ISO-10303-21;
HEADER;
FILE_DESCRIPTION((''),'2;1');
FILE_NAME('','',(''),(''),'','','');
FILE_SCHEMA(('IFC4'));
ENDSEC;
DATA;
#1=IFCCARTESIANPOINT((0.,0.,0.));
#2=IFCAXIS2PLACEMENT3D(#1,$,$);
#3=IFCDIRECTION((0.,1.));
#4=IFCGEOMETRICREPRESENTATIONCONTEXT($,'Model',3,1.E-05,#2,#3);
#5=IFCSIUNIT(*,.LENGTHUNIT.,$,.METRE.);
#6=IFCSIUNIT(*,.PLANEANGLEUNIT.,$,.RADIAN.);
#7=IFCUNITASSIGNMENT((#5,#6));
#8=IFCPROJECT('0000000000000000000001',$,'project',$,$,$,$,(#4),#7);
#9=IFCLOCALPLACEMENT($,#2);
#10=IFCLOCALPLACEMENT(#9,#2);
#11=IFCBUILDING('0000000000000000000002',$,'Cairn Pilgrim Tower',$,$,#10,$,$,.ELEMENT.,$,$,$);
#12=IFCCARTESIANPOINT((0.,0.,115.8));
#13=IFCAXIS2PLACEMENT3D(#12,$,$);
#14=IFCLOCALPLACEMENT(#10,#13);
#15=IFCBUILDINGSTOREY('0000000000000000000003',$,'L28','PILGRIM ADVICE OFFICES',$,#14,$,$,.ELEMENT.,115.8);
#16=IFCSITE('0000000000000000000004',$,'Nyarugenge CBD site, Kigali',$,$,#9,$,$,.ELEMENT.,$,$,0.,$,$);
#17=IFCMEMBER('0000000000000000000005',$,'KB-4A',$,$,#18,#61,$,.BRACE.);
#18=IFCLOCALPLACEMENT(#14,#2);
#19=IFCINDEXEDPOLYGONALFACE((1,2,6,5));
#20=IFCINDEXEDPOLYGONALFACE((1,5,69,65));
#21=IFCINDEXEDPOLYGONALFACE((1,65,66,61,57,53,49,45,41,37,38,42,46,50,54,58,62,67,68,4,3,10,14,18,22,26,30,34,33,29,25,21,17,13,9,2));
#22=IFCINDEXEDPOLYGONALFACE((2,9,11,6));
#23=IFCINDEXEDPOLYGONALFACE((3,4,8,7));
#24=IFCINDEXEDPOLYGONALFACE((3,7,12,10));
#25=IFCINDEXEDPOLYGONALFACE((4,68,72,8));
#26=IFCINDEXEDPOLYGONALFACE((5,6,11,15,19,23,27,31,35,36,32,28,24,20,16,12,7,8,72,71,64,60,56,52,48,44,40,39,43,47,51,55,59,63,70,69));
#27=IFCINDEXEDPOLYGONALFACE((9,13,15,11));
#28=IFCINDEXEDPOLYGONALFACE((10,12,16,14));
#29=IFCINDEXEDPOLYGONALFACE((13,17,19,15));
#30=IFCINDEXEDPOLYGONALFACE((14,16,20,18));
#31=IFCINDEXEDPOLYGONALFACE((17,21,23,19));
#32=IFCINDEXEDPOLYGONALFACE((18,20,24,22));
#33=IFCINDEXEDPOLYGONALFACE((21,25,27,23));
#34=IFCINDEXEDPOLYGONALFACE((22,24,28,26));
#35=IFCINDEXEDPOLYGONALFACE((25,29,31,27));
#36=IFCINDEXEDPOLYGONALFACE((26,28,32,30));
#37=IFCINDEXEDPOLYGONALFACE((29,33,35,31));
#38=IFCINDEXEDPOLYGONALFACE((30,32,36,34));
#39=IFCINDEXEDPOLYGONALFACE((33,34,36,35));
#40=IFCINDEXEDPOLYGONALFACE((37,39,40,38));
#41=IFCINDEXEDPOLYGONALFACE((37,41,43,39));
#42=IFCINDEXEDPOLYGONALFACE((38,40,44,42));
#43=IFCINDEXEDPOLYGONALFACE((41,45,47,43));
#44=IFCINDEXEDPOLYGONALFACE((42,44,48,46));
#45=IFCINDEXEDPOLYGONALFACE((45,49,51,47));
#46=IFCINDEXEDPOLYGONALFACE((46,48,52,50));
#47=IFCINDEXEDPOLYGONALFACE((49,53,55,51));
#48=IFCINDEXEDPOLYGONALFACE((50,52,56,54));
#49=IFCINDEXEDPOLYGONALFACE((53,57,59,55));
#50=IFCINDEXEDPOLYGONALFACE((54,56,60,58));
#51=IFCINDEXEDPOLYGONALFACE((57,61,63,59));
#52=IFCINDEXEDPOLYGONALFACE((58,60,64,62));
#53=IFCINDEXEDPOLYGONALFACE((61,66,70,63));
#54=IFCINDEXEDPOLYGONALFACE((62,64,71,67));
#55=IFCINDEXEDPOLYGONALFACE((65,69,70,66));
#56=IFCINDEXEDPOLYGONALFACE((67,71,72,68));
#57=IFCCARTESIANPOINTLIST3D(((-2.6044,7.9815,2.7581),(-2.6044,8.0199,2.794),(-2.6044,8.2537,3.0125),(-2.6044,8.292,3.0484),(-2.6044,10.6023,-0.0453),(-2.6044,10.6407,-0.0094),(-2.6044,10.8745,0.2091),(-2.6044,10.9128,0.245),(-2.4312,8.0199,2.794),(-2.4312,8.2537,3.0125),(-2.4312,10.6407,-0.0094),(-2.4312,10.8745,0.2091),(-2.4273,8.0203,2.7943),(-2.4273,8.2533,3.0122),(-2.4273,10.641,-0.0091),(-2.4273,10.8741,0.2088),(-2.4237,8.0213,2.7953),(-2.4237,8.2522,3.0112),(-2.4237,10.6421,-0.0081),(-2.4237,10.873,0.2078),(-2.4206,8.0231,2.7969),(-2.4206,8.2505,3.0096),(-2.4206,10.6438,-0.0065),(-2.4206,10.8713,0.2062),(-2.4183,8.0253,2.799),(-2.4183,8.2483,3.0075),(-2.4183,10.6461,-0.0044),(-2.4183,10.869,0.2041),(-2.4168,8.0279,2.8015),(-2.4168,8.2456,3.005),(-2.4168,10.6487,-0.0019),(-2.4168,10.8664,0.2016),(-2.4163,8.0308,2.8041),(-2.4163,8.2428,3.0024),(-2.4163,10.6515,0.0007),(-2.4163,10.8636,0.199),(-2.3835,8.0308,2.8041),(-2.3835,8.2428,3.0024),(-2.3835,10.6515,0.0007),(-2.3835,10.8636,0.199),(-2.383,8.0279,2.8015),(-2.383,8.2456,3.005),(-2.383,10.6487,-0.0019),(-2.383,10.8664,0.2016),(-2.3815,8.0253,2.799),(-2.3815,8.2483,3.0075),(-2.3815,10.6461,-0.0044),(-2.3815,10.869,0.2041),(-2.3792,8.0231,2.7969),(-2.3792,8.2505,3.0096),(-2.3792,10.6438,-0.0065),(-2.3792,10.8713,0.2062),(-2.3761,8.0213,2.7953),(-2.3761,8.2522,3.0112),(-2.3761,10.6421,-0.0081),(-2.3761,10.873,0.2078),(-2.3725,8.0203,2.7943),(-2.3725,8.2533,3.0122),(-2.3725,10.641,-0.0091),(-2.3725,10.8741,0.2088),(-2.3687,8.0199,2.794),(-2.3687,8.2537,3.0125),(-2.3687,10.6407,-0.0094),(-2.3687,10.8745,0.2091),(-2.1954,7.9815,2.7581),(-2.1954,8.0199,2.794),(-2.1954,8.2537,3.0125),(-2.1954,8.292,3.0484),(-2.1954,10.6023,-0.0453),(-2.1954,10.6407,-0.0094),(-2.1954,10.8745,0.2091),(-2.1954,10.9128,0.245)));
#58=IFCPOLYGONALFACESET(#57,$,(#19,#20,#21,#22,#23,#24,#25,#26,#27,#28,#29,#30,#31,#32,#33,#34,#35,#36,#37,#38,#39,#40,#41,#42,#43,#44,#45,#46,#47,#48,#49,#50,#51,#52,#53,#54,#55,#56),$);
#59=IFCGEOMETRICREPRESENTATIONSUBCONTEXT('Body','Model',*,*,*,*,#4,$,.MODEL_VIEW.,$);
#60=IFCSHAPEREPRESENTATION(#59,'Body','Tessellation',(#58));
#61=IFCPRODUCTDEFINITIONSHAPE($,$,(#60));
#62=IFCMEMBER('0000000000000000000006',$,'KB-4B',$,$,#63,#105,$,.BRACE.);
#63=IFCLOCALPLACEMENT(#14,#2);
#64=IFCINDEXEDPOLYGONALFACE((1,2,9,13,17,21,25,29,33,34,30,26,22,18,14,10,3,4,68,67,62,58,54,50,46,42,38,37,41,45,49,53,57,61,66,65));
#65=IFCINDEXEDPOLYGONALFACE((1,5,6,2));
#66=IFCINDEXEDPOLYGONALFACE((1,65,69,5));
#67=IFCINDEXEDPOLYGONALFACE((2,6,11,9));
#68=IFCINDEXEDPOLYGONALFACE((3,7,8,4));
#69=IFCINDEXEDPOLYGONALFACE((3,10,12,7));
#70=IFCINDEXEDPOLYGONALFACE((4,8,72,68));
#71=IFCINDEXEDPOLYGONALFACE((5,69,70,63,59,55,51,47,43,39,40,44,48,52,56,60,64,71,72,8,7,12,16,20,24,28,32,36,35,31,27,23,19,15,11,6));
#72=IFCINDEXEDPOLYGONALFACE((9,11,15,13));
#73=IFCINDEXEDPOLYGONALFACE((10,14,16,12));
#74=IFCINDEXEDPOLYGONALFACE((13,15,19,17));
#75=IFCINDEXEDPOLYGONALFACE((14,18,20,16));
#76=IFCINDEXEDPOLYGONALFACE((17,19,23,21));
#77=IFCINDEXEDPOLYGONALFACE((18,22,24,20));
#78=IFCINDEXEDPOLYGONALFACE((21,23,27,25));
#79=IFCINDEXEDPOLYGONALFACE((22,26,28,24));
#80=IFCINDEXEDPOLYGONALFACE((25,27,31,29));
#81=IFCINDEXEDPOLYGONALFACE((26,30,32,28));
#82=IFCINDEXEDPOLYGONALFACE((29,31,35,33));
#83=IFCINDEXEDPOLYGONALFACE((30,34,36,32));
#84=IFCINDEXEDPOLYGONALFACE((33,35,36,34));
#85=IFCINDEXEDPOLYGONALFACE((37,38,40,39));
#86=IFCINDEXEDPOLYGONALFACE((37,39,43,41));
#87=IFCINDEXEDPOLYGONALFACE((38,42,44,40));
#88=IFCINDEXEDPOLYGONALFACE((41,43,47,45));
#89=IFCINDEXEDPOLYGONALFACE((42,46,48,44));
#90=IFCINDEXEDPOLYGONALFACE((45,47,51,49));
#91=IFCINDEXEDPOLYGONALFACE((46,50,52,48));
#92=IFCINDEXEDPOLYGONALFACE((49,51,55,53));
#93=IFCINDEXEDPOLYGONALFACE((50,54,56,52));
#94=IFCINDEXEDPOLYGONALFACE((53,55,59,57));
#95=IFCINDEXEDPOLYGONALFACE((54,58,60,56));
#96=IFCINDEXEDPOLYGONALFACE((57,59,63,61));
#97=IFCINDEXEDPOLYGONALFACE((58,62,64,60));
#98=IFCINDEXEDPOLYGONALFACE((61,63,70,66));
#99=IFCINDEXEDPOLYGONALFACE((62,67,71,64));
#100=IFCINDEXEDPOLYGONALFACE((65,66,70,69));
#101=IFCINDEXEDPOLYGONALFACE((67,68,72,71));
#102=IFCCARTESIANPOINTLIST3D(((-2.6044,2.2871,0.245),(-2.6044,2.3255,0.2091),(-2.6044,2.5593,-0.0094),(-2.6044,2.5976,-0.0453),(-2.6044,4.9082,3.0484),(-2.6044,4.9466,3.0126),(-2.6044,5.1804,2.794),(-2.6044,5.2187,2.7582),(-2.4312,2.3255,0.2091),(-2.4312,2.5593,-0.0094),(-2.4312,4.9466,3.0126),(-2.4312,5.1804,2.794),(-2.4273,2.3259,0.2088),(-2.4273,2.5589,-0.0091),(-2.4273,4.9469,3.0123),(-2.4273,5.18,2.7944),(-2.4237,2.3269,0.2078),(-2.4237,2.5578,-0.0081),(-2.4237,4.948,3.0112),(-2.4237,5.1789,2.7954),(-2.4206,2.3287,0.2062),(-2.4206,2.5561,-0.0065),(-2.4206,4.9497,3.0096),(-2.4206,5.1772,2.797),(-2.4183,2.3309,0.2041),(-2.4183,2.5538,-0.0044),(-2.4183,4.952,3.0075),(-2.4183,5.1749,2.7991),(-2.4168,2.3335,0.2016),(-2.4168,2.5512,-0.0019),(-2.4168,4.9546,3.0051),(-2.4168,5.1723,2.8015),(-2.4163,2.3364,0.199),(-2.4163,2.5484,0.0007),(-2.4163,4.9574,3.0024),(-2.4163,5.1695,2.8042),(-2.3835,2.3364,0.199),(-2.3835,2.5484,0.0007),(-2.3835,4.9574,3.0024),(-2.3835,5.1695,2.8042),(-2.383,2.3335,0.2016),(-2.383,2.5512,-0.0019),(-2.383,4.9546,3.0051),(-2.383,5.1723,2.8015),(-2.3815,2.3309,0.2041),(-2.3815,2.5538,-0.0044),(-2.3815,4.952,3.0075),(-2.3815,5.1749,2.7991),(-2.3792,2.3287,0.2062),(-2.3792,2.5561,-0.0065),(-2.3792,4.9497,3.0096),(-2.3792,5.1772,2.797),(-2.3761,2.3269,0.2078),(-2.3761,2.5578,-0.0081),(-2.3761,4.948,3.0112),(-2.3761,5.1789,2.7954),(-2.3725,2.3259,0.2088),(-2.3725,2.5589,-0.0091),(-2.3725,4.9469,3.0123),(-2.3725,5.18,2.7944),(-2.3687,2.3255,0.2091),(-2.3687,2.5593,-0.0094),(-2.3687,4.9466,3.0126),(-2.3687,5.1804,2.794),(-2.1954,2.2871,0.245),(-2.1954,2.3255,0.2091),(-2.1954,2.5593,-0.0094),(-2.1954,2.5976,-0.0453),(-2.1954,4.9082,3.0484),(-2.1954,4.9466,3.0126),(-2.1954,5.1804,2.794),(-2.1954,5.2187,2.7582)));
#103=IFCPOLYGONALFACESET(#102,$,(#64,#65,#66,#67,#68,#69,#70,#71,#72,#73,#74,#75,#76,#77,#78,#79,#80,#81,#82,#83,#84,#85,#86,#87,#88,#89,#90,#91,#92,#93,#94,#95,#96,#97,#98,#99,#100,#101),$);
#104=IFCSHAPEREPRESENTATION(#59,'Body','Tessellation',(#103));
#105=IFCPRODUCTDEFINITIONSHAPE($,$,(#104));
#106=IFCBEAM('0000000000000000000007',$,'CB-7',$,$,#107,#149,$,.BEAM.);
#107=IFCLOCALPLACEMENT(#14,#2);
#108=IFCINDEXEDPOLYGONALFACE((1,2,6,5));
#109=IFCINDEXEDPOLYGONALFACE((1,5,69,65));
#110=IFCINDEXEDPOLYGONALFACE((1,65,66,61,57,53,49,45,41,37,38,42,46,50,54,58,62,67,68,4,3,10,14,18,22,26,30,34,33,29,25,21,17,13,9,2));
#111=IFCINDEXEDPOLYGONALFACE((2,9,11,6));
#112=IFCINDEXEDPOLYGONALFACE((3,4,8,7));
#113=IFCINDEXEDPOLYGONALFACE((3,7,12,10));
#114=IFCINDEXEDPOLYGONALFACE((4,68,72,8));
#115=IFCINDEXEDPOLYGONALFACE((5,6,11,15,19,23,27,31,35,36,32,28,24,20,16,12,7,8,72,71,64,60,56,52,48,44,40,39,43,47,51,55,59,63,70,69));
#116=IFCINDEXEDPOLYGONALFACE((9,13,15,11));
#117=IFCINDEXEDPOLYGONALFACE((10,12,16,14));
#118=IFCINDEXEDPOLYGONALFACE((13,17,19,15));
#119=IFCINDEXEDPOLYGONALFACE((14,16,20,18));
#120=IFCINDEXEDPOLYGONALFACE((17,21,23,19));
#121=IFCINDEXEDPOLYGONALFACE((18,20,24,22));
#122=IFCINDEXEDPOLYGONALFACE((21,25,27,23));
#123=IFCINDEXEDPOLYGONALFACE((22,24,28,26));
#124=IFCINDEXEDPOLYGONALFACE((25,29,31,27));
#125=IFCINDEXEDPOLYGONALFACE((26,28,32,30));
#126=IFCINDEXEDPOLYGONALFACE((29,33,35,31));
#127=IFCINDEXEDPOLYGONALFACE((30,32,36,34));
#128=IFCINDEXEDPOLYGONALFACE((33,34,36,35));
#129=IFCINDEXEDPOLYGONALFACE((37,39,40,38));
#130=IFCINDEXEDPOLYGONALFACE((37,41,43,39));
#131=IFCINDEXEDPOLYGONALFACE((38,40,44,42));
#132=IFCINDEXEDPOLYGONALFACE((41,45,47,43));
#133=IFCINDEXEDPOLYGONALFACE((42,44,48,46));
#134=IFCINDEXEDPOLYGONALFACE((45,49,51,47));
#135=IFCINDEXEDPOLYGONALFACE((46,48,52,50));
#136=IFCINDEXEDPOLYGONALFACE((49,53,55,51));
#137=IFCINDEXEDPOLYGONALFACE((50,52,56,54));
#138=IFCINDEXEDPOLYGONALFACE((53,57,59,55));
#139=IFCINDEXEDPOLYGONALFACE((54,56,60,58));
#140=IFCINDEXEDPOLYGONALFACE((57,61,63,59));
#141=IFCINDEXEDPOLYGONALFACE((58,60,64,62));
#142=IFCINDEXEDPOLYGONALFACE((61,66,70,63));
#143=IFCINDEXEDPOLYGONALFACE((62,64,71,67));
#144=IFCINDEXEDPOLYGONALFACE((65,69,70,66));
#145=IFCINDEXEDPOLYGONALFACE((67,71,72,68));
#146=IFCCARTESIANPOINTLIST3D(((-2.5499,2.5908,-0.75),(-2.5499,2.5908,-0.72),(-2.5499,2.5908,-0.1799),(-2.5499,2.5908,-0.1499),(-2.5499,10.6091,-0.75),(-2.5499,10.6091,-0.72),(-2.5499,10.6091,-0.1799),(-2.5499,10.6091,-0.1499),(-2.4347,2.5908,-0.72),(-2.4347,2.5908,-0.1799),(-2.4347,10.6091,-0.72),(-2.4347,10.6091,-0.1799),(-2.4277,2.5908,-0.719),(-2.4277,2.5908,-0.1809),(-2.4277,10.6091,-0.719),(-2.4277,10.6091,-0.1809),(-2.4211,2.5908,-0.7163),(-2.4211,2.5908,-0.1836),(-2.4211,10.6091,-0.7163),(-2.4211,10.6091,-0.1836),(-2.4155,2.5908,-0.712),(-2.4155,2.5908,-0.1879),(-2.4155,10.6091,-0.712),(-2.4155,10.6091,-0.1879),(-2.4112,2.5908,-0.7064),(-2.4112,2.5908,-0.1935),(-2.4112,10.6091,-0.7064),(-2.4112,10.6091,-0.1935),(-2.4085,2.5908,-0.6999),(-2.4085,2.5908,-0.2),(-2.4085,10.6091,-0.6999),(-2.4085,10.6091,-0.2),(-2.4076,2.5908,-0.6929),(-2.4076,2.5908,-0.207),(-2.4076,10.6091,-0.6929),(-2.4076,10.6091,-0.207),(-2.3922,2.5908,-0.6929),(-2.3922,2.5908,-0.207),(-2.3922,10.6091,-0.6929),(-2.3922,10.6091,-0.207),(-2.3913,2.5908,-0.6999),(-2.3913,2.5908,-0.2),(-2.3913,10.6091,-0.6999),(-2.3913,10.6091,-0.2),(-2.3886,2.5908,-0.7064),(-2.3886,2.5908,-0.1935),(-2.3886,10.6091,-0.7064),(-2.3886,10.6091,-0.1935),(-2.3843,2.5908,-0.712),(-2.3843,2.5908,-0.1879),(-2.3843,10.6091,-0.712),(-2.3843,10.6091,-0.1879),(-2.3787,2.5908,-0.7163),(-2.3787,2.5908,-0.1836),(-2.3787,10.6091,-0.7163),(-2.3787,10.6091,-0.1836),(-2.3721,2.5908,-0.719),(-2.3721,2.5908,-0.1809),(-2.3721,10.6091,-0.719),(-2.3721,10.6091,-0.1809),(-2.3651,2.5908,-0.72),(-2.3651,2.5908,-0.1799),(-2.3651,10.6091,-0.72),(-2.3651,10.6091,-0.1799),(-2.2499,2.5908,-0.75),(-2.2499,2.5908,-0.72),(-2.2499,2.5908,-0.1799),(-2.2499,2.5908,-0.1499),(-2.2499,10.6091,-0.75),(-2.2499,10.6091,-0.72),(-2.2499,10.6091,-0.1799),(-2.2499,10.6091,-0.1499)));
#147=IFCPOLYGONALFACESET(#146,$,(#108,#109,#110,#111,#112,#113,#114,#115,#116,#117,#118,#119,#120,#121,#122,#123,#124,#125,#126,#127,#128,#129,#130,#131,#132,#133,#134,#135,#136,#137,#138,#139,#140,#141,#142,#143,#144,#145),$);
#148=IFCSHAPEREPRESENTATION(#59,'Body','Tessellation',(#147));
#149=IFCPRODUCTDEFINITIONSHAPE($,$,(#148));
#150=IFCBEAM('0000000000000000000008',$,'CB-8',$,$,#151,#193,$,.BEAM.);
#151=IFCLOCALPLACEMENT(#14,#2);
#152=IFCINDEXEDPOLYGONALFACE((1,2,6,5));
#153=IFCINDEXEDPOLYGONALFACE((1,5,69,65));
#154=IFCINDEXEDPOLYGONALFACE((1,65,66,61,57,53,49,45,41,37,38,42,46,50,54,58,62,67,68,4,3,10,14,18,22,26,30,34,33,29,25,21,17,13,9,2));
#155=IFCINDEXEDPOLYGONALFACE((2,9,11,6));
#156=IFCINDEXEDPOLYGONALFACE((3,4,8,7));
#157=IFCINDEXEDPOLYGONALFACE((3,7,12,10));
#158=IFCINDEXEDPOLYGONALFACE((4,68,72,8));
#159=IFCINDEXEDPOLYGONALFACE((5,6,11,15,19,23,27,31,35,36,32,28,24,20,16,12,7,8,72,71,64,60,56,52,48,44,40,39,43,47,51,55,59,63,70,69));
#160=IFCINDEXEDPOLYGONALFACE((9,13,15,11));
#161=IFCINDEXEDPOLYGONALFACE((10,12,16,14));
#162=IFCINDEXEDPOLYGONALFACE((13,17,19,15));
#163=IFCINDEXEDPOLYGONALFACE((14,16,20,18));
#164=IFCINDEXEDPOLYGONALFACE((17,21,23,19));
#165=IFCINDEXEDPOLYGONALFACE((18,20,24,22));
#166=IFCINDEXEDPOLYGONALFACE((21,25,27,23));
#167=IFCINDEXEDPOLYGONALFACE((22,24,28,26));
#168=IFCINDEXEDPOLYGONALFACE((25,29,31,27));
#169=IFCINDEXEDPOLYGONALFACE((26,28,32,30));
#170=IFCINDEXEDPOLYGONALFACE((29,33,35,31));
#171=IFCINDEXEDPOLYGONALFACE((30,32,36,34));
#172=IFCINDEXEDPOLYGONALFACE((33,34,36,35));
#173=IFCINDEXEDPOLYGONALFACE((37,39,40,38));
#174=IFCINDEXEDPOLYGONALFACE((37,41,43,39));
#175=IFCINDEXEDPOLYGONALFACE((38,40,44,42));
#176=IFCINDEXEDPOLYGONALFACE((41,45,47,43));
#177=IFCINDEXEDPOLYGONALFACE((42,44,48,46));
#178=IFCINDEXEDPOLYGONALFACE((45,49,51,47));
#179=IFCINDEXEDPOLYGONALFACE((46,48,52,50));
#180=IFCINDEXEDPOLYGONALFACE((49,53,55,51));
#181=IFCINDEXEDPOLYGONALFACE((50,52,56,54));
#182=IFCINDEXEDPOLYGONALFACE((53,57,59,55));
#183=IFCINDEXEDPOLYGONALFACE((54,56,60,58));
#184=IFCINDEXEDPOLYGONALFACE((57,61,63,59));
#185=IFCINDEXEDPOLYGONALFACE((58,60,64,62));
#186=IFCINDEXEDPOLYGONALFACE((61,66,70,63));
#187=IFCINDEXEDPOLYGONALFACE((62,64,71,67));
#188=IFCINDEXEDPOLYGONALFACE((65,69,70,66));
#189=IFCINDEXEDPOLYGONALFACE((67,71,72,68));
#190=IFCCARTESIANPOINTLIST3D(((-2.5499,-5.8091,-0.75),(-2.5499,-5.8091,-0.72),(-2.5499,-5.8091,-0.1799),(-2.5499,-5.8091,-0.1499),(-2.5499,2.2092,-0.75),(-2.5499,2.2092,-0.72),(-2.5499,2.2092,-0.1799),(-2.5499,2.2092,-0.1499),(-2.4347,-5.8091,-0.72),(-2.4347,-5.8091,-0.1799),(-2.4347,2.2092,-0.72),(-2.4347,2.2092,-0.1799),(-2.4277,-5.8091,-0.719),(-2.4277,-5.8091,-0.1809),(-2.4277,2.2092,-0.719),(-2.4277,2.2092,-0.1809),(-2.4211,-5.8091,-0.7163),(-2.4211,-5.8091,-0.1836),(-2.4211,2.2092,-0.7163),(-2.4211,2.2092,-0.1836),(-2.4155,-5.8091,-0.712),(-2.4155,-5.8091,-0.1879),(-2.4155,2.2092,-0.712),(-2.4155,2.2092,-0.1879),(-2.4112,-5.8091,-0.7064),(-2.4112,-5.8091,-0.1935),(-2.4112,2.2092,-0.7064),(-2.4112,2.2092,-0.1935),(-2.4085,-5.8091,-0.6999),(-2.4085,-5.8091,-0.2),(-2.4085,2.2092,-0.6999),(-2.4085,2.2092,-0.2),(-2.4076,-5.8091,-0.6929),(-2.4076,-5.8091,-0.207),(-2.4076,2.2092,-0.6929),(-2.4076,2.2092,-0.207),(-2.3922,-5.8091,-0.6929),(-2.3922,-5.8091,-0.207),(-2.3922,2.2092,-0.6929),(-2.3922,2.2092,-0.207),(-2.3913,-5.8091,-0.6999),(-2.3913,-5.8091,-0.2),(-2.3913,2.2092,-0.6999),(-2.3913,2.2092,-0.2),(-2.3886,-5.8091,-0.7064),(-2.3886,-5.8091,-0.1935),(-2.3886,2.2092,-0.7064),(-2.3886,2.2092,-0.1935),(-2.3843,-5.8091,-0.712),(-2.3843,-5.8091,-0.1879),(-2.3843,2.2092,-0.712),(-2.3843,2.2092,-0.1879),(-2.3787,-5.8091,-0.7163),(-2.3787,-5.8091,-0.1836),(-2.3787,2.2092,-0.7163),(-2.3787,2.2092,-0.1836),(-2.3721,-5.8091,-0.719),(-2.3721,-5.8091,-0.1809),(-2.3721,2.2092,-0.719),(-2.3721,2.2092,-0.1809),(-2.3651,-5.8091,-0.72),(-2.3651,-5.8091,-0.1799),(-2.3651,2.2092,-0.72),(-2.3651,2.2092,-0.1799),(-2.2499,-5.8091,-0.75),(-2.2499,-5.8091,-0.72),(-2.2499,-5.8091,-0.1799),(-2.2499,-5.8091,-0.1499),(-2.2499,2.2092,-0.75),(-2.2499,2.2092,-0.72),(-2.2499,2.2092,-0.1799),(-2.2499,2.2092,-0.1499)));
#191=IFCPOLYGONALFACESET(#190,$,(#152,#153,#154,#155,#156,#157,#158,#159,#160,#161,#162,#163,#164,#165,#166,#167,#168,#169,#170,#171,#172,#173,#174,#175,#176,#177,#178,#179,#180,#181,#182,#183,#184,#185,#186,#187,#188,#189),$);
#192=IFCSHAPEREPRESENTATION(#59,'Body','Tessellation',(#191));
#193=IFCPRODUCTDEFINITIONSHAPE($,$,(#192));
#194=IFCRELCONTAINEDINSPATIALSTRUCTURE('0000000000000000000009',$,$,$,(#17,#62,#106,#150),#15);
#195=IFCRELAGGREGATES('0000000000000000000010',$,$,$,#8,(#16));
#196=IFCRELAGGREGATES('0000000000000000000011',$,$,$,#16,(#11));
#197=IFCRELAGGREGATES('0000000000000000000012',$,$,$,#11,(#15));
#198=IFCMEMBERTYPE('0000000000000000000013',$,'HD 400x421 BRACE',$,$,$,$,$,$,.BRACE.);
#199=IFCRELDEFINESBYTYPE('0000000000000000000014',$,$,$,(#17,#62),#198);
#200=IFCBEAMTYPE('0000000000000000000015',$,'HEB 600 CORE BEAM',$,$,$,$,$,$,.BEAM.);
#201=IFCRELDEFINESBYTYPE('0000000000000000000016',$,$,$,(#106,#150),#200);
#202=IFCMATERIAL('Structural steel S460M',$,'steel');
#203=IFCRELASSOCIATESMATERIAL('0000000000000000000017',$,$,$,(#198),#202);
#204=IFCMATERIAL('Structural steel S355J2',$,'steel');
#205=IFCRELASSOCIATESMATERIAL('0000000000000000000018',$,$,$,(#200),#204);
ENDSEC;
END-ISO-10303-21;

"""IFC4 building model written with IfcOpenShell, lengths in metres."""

from ifc_helpers import new_model, si_unit, direction, frame, origin, origin_2d, place, context, subcontext, project, spatial, i_section, extrude, material, material_profile, profile_set, type_object, element, save


model = new_model("IFC4")

# Units and contexts
model_context = context("Model", 3, precision=1e-05, world=origin(), true_north=direction((0.0, 1.0)))
body_context = subcontext(model_context, "Body", "Model", "MODEL_VIEW")
ifc_project = project(units=[si_unit("LENGTHUNIT", "METRE"), si_unit("PLANEANGLEUNIT", "RADIAN")], contexts=[model_context])

# Site, building, storey
site_placement = place(None, origin())
site = spatial("IfcSite", under=ifc_project, at=site_placement, Name="Nyarugenge CBD site, Kigali", CompositionType="ELEMENT", RefElevation=0.0)
building_placement = place(site_placement, origin())
building = spatial("IfcBuilding", under=site, at=building_placement, Name="Cairn Pilgrim Tower", CompositionType="ELEMENT")
storey_placement = place(building_placement, frame((0.0, 0.0, 115.8)))
storey = spatial("IfcBuildingStorey", under=building, at=storey_placement, Name="L28", Description="PILGRIM ADVICE OFFICES", CompositionType="ELEMENT", Elevation=115.8)

# Shared definitions
ifc_material_1 = material(Name="Structural steel S460M", Category="steel")

# Members
ifc_material_profile_1 = material_profile(ifc_material_1, i_section(OverallWidth=0.4089, OverallDepth=0.425, WebThickness=0.0327, FlangeThickness=0.0525, FilletRadius=0.0149, at=origin_2d()), Name="HD 400x421")
ifc_profile_set_1 = profile_set([ifc_material_profile_1], Name="Structural steel S460M")
member_type = type_object("IfcMemberType", Name="HD 400x421 BRACE", PredefinedType="BRACE", material=ifc_profile_set_1)
member_1_placement = place(storey_placement, frame((-2.3999, 10.7576, 0.0999), z_axis=(0.0, -0.682914, 0.730499), x_axis=(1.0, 0.0, 0.0)))
element("IfcMember", 1, at=member_1_placement, inside=storey, type_object=member_type, Name="KB-4A", PredefinedType="BRACE", context=body_context, shape_type="SweptSolid", body=[
    extrude(i_section(OverallWidth=0.4089, OverallDepth=0.425, WebThickness=0.0327, FlangeThickness=0.0525, FilletRadius=0.0149, at=origin_2d()), origin(), (0.0, 0.0, 1.0), 3.8376),
])
member_2_placement = place(storey_placement, frame((-2.3999, 2.4424, 0.0999), z_axis=(0.0, 0.682948, 0.730467), x_axis=(-1.0, 0.0, 0.0)))
element("IfcMember", 2, at=member_2_placement, inside=storey, type_object=member_type, Name="KB-4B", PredefinedType="BRACE", context=body_context, shape_type="SweptSolid", body=[
    extrude(i_section(OverallWidth=0.4089, OverallDepth=0.425, WebThickness=0.0327, FlangeThickness=0.0525, FilletRadius=0.0149, at=origin_2d()), origin(), (0.0, 0.0, 1.0), 3.8379),
])

# Beams
ifc_material_2 = material(Name="Structural steel S355J2", Category="steel")
ifc_material_profile_2 = material_profile(ifc_material_2, i_section(OverallWidth=0.3, OverallDepth=0.6001, WebThickness=0.0154, FlangeThickness=0.03, FilletRadius=0.0271, at=origin_2d()), Name="HEB 600")
ifc_profile_set_2 = profile_set([ifc_material_profile_2], Name="Structural steel S355J2")
beam_type_1 = type_object("IfcBeamType", Name="HEB 600 CORE BEAM", PredefinedType="BEAM", material=ifc_profile_set_2)
for number, where, z_axis, x_axis, name in (
    (3, (-2.3999, 10.6091, -0.45), (0.0, -1.0, 0.0), (1.0, 0.0, 0.0), "CB-7"),
    (4, (-2.3999, 2.2092, -0.45), (0.0, -1.0, 0.0), (1.0, 0.0, 0.0), "CB-8"),
):
    element("IfcBeam", number, at=place(storey_placement, frame(where, z_axis=z_axis, x_axis=x_axis)), inside=storey, type_object=beam_type_1, Name=name, PredefinedType="BEAM", context=body_context, shape_type="SweptSolid", body=[
        extrude(i_section(OverallWidth=0.3, OverallDepth=0.6001, WebThickness=0.0154, FlangeThickness=0.03, FilletRadius=0.0271, at=origin_2d()), origin(), (0.0, 0.0, 1.0), 8.0183),
    ])

save(model, "model.ifc")
